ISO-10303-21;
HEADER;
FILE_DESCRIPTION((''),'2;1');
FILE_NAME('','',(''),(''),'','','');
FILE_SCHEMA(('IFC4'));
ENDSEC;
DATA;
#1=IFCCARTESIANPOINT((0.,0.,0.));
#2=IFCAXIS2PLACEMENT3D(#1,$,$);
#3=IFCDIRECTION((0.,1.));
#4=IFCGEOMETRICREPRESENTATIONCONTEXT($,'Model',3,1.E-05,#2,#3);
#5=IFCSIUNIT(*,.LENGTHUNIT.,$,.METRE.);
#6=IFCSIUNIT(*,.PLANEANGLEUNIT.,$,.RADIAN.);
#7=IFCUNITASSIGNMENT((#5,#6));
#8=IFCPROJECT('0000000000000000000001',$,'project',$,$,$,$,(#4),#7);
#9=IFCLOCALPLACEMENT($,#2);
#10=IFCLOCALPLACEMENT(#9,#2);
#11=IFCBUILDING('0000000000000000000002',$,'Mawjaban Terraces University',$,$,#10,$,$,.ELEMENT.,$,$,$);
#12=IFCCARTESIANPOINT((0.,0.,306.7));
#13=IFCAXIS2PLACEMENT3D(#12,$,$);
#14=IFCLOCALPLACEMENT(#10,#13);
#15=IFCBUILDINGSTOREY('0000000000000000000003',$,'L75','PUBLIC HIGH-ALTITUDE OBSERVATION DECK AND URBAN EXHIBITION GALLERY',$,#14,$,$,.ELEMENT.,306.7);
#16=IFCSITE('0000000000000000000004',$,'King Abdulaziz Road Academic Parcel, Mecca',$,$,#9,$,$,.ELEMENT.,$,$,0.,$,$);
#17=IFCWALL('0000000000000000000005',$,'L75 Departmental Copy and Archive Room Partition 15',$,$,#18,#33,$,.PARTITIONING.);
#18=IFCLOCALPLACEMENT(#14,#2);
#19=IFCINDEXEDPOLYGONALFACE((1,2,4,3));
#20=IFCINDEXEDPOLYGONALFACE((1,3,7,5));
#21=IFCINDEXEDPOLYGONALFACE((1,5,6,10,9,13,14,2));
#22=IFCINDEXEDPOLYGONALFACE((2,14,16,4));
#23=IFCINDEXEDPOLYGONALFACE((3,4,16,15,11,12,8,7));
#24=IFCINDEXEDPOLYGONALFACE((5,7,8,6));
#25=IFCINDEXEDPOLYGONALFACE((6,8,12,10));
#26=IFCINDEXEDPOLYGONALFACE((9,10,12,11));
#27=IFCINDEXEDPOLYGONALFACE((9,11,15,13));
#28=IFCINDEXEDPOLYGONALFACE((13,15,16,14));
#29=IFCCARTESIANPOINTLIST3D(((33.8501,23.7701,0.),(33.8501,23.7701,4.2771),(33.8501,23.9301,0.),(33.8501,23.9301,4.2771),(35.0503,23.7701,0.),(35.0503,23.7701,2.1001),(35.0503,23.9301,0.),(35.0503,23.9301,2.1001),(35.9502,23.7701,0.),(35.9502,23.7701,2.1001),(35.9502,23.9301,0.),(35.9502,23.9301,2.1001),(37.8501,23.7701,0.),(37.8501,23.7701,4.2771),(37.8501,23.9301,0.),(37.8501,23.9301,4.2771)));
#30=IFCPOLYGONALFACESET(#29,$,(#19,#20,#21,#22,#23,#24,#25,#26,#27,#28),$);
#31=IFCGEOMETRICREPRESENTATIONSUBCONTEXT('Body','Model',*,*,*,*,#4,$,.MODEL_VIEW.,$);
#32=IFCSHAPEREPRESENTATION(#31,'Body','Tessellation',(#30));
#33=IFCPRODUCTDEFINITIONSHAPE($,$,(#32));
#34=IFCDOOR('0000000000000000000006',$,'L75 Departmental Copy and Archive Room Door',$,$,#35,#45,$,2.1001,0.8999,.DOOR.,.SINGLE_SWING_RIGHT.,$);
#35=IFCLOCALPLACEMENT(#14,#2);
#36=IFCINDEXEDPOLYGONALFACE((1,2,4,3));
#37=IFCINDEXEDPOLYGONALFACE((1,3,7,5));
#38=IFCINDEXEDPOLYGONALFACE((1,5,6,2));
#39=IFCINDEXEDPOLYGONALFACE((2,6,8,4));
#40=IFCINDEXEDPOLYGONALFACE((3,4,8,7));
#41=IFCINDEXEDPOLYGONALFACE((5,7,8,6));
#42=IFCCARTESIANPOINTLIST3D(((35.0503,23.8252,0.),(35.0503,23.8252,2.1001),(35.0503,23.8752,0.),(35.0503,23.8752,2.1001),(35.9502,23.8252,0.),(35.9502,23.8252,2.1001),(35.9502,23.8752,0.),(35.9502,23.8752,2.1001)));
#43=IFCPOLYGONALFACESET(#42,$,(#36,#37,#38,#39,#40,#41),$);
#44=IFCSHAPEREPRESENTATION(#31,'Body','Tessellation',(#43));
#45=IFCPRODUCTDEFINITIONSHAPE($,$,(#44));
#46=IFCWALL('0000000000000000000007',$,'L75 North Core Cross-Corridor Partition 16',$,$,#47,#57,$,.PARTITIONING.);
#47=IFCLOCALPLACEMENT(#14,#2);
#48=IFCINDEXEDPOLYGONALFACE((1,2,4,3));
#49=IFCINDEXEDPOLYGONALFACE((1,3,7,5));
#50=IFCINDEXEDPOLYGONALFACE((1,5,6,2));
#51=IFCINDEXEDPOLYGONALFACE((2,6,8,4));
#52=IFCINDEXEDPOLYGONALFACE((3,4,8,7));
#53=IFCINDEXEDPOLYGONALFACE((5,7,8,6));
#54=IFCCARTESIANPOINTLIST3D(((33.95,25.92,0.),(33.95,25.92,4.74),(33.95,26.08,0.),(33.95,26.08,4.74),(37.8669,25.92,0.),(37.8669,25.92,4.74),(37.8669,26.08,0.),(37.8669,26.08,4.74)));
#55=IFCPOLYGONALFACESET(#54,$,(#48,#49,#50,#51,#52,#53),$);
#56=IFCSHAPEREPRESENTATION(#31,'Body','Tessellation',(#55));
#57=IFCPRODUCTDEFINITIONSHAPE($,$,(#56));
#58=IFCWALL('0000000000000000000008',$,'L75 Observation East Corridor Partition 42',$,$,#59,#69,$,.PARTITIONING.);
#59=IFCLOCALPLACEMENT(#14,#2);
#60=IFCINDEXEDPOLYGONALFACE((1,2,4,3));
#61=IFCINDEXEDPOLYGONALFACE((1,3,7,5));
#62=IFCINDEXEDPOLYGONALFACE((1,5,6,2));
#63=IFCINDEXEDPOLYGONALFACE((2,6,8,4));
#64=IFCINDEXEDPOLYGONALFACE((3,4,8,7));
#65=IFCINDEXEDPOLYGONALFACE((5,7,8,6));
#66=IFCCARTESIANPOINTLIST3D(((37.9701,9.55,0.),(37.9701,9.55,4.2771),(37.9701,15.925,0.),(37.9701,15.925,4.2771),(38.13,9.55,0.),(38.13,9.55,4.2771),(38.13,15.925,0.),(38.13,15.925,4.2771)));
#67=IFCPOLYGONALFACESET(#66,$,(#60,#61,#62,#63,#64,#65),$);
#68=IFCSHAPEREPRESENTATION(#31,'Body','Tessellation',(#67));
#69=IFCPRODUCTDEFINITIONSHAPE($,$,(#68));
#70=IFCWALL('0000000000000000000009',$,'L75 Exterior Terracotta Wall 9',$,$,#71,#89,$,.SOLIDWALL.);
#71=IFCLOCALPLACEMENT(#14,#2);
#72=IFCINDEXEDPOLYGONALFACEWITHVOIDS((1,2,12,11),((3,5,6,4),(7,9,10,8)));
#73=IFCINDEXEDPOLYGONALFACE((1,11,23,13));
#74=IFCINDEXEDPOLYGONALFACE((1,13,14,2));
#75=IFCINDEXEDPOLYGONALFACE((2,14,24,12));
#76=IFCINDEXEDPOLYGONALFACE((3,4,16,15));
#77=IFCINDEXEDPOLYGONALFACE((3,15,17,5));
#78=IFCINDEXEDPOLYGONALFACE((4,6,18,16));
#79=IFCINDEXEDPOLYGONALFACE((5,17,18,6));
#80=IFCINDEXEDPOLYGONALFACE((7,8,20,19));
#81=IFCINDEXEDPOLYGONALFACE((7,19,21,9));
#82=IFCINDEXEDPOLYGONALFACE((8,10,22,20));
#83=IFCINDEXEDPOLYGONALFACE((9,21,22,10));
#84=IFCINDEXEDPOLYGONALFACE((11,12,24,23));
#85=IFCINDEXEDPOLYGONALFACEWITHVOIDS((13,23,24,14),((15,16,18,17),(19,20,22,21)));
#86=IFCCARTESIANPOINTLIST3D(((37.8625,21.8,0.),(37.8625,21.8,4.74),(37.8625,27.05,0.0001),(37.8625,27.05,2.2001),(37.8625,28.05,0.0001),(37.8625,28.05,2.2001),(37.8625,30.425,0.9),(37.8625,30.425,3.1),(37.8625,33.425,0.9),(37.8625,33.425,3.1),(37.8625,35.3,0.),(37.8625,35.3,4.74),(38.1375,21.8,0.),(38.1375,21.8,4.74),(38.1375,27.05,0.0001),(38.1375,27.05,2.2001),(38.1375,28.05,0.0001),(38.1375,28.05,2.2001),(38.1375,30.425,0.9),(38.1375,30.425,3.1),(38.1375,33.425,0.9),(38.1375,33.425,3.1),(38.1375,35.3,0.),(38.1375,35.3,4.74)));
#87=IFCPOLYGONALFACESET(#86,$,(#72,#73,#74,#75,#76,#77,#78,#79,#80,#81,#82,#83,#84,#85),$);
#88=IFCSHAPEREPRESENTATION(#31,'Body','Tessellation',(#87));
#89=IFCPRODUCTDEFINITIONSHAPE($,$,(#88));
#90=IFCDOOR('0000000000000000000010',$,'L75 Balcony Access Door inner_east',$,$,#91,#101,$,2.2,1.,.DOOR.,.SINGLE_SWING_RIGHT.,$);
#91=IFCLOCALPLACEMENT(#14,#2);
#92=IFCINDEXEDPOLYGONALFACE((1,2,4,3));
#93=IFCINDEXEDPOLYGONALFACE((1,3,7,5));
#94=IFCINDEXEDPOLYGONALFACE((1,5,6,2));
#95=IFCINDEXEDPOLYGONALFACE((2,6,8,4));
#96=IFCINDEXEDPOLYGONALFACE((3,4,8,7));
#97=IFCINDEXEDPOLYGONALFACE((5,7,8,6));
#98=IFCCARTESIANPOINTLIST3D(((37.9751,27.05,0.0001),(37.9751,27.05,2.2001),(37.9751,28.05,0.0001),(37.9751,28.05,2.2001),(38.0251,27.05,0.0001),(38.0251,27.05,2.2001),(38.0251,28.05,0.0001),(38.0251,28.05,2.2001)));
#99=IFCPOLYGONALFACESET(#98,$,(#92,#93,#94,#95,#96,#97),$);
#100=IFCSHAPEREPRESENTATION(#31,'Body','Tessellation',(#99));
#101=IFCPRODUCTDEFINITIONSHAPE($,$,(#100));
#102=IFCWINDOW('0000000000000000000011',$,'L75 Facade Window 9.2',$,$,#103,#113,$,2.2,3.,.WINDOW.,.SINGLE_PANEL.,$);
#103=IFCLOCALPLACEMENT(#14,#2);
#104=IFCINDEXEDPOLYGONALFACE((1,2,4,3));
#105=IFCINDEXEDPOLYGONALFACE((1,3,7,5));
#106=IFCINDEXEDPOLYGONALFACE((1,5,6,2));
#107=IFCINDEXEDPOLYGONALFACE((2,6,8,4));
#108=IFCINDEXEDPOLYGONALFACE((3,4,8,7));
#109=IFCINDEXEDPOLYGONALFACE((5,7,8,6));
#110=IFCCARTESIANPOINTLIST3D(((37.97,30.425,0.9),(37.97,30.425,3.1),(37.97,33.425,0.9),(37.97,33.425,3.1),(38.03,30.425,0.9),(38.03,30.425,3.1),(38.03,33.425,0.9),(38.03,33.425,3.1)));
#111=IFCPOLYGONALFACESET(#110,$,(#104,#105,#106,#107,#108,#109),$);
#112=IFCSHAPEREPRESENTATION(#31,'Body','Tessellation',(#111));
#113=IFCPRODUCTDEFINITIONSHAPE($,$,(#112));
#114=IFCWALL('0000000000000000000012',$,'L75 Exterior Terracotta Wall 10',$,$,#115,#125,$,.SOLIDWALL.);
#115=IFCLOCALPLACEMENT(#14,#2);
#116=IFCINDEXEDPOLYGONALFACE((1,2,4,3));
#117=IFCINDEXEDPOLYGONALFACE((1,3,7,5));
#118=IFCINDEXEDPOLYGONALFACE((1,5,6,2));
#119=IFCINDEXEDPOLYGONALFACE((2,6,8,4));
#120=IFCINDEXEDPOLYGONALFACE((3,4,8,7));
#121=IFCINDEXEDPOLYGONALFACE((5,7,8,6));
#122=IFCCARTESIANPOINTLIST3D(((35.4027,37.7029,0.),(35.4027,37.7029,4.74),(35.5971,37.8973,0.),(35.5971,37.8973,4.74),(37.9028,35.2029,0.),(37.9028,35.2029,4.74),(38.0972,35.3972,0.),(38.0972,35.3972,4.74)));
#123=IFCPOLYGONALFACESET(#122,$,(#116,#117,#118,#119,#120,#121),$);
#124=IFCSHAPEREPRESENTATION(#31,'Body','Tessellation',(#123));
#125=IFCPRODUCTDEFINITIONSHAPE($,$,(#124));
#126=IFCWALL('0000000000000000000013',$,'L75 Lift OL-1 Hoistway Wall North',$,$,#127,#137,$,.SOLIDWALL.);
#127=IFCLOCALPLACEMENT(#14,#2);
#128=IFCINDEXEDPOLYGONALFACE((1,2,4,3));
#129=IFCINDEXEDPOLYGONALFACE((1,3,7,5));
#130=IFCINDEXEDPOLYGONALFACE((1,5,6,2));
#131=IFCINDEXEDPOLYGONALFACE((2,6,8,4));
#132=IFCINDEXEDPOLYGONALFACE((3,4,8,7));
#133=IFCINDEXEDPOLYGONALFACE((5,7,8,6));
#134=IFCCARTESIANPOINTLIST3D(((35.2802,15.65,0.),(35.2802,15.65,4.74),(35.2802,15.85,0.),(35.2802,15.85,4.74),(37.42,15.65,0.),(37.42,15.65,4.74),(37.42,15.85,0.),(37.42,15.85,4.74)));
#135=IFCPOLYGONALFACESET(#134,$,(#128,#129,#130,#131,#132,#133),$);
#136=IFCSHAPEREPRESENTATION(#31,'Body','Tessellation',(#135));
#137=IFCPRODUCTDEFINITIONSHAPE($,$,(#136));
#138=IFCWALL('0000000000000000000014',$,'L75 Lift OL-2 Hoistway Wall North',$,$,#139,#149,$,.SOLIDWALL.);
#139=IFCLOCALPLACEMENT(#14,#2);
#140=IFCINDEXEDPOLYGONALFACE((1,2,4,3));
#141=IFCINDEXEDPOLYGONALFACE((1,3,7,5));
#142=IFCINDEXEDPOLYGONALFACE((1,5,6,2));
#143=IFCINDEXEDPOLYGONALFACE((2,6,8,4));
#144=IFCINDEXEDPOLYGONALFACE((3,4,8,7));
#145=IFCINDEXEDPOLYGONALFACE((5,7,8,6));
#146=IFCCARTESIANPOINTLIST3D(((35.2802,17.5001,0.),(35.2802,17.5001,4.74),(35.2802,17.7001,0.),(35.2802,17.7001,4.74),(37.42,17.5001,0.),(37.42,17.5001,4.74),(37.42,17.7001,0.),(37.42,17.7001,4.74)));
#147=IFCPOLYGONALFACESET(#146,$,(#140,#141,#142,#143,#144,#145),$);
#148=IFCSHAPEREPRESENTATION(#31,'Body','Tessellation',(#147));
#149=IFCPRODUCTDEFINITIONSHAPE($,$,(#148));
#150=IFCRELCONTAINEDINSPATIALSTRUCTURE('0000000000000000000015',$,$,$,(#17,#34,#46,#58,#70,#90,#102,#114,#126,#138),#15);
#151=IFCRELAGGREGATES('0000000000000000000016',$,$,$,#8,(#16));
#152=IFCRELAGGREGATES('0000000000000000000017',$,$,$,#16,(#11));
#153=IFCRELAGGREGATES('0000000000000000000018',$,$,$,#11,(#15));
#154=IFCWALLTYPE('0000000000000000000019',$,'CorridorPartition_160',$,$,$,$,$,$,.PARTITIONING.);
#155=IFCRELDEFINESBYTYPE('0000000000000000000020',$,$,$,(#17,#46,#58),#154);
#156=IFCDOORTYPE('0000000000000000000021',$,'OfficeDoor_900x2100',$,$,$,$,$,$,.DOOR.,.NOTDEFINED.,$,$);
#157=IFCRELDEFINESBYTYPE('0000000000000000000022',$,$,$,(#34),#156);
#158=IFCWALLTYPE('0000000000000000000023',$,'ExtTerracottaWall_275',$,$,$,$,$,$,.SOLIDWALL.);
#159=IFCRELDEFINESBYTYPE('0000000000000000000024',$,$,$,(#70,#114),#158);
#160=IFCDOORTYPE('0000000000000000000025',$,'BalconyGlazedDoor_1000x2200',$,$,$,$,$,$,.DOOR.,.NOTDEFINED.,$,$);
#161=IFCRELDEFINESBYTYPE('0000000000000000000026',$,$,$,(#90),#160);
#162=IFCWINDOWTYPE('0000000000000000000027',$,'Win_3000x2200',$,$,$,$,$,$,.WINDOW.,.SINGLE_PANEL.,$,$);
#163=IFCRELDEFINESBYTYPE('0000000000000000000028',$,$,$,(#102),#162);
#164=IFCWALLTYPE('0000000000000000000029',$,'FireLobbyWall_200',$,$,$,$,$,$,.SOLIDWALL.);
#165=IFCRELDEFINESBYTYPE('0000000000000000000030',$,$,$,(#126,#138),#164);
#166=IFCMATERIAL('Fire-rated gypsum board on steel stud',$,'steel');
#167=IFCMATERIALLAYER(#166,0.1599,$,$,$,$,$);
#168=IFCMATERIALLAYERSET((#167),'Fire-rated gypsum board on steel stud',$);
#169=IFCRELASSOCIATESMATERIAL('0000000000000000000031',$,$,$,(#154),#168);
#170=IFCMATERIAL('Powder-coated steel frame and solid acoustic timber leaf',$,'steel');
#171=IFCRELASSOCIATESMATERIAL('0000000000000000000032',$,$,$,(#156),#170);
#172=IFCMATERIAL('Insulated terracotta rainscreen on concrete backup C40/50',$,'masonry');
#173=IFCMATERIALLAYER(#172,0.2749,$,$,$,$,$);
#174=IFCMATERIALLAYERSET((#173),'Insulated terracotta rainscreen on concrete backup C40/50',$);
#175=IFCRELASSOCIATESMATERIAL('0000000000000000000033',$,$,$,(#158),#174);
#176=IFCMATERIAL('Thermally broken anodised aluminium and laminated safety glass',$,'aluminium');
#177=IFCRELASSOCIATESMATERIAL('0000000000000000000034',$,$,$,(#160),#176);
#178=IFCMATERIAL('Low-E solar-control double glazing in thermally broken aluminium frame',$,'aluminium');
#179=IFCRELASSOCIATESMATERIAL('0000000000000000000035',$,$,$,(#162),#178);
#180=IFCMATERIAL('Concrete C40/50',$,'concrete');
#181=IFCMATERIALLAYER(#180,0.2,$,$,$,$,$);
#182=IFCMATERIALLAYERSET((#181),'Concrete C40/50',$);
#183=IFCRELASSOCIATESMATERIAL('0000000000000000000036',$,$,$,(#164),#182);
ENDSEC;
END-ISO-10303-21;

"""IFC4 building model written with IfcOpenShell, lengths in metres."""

from ifc_helpers import new_model, si_unit, direction, frame, frame_2d, origin, place, context, subcontext, project, spatial, rectangle, extrude, material, layer, layer_set, type_object, element, fill, save


model = new_model("IFC4")

# Units and contexts
model_context = context("Model", 3, precision=1e-05, world=origin(), true_north=direction((0.0, 1.0)))
body_context = subcontext(model_context, "Body", "Model", "MODEL_VIEW")
ifc_project = project(units=[si_unit("LENGTHUNIT", "METRE"), si_unit("PLANEANGLEUNIT", "RADIAN")], contexts=[model_context])

# Site, building, storey
site_placement = place(None, origin())
site = spatial("IfcSite", under=ifc_project, at=site_placement, Name="King Abdulaziz Road Academic Parcel, Mecca", CompositionType="ELEMENT", RefElevation=0.0)
building_placement = place(site_placement, origin())
building = spatial("IfcBuilding", under=site, at=building_placement, Name="Mawjaban Terraces University", CompositionType="ELEMENT")
storey_placement = place(building_placement, frame((0.0, 0.0, 306.7)))
storey = spatial("IfcBuildingStorey", under=building, at=storey_placement, Name="L75", Description="PUBLIC HIGH-ALTITUDE OBSERVATION DECK AND URBAN EXHIBITION GALLERY", CompositionType="ELEMENT", Elevation=306.7)

# Wall, opening, door
ifc_material_1 = material(Name="Fire-rated gypsum board on steel stud", Category="steel")
ifc_layer_1 = layer(ifc_material_1, 0.1599)
ifc_layer_set_1 = layer_set([ifc_layer_1], Name="Fire-rated gypsum board on steel stud")
wall_type_1 = type_object("IfcWallType", Name="CorridorPartition_160", PredefinedType="PARTITIONING", material=ifc_layer_set_1)
wall_1_placement = place(storey_placement, frame((37.8501, 23.8501, 0.0), z_axis=(0.0, 0.0, 1.0), x_axis=(-1.0, 0.0, 0.0)))
wall_1 = element("IfcWall", 1, at=wall_1_placement, inside=storey, type_object=wall_type_1, Name="L75 Departmental Copy and Archive Room Partition 15", PredefinedType="PARTITIONING", context=body_context, shape_type="SweptSolid", body=[
    extrude(rectangle(XDim=4.0, YDim=0.1599, at=frame_2d((2.0, 0.0))), origin(), (0.0, 0.0, 1.0), 4.2771),
])
opening_1_placement = place(wall_1_placement, frame((1.8999, 0.0, 0.0)))
opening_1 = element("IfcOpeningElement", 2, at=opening_1_placement, cuts=wall_1, PredefinedType="OPENING", context=body_context, shape_type="SweptSolid", body=[
    extrude(rectangle(XDim=0.8999, YDim=2.1001, at=frame_2d((0.45, 1.05))), frame((0.0, 0.0898, 0.0), z_axis=(0.0, -1.0, 0.0), x_axis=(1.0, 0.0, 0.0)), (0.0, 0.0, 1.0), 0.1799),
])
ifc_material_2 = material(Name="Powder-coated steel frame and solid acoustic timber leaf", Category="steel")
door_type_1 = type_object("IfcDoorType", Name="OfficeDoor_900x2100", OperationType="NOTDEFINED", PredefinedType="DOOR", material=ifc_material_2)
door_1_placement = place(opening_1_placement, origin())
door_1 = element("IfcDoor", 3, at=door_1_placement, inside=storey, type_object=door_type_1, Name="L75 Departmental Copy and Archive Room Door", OperationType="SINGLE_SWING_RIGHT", OverallHeight=2.1001, OverallWidth=0.8999, PredefinedType="DOOR", context=body_context, shape_type="SweptSolid", body=[
    extrude(rectangle(XDim=0.8999, YDim=2.1001, at=frame_2d((0.45, 1.05))), frame((0.0, 0.0249, 0.0), z_axis=(0.0, -1.0, 0.0), x_axis=(1.0, 0.0, 0.0)), (0.0, 0.0, 1.0), 0.05),
])
fill(opening_1, door_1)

# Walls
wall_2_placement = place(storey_placement, frame((37.8669, 26.0, 0.0), z_axis=(0.0, 0.0, 1.0), x_axis=(-1.0, 0.0, 0.0)))
element("IfcWall", 4, at=wall_2_placement, inside=storey, type_object=wall_type_1, Name="L75 North Core Cross-Corridor Partition 16", PredefinedType="PARTITIONING", context=body_context, shape_type="SweptSolid", body=[
    extrude(rectangle(XDim=3.917, YDim=0.1599, at=frame_2d((1.9585, 0.0))), origin(), (0.0, 0.0, 1.0), 4.74),
])
wall_3_placement = place(storey_placement, frame((38.05, 15.925, 0.0), z_axis=(0.0, 0.0, 1.0), x_axis=(0.0, -1.0, 0.0)))
element("IfcWall", 5, at=wall_3_placement, inside=storey, type_object=wall_type_1, Name="L75 Observation East Corridor Partition 42", PredefinedType="PARTITIONING", context=body_context, shape_type="SweptSolid", body=[
    extrude(rectangle(XDim=6.375, YDim=0.1599, at=frame_2d((3.1875, 0.0))), origin(), (0.0, 0.0, 1.0), 4.2771),
])

# Wall, openings, door, window
ifc_material_3 = material(Name="Insulated terracotta rainscreen on concrete backup C40/50", Category="masonry")
ifc_layer_2 = layer(ifc_material_3, 0.2749)
ifc_layer_set_2 = layer_set([ifc_layer_2], Name="Insulated terracotta rainscreen on concrete backup C40/50")
wall_type_2 = type_object("IfcWallType", Name="ExtTerracottaWall_275", PredefinedType="SOLIDWALL", material=ifc_layer_set_2)
wall_4_placement = place(storey_placement, frame((38.0, 21.8, 0.0), z_axis=(0.0, 0.0, 1.0), x_axis=(0.0, 1.0, 0.0)))
wall_4 = element("IfcWall", 6, at=wall_4_placement, inside=storey, type_object=wall_type_2, Name="L75 Exterior Terracotta Wall 9", PredefinedType="SOLIDWALL", context=body_context, shape_type="SweptSolid", body=[
    extrude(rectangle(XDim=13.5, YDim=0.2749, at=frame_2d((6.75, 0.0))), origin(), (0.0, 0.0, 1.0), 4.74),
])
opening_2_placement = place(wall_4_placement, frame((5.25, 0.0, 0.0)))
opening_2 = element("IfcOpeningElement", 7, at=opening_2_placement, cuts=wall_4, PredefinedType="OPENING", context=body_context, shape_type="SweptSolid", body=[
    extrude(rectangle(XDim=1.0, YDim=2.2, at=frame_2d((0.5, 1.1001))), frame((0.0, 0.1475, 0.0), z_axis=(0.0, -1.0, 0.0), x_axis=(1.0, 0.0, 0.0)), (0.0, 0.0, 1.0), 0.2949),
])
opening_3_placement = place(wall_4_placement, frame((8.625, 0.0, 0.8999)))
opening_3 = element("IfcOpeningElement", 8, at=opening_3_placement, cuts=wall_4, PredefinedType="OPENING", context=body_context, shape_type="SweptSolid", body=[
    extrude(rectangle(XDim=3.0, YDim=2.2, at=frame_2d((1.5, 1.1001))), frame((0.0, 0.1475, 0.0), z_axis=(0.0, -1.0, 0.0), x_axis=(1.0, 0.0, 0.0)), (0.0, 0.0, 1.0), 0.2949),
])
ifc_material_4 = material(Name="Thermally broken anodised aluminium and laminated safety glass", Category="aluminium")
door_type_2 = type_object("IfcDoorType", Name="BalconyGlazedDoor_1000x2200", OperationType="NOTDEFINED", PredefinedType="DOOR", material=ifc_material_4)
door_2_placement = place(opening_2_placement, origin())
door_2 = element("IfcDoor", 9, at=door_2_placement, inside=storey, type_object=door_type_2, Name="L75 Balcony Access Door inner_east", OperationType="SINGLE_SWING_RIGHT", OverallHeight=2.2, OverallWidth=1.0, PredefinedType="DOOR", context=body_context, shape_type="SweptSolid", body=[
    extrude(rectangle(XDim=1.0, YDim=2.2, at=frame_2d((0.5, 1.1001))), frame((0.0, 0.0249, 0.0), z_axis=(0.0, -1.0, 0.0), x_axis=(1.0, 0.0, 0.0)), (0.0, 0.0, 1.0), 0.05),
])
fill(opening_2, door_2)
ifc_material_5 = material(Name="Low-E solar-control double glazing in thermally broken aluminium frame", Category="aluminium")
window_type = type_object("IfcWindowType", Name="Win_3000x2200", PartitioningType="SINGLE_PANEL", PredefinedType="WINDOW", material=ifc_material_5)
window_placement = place(opening_3_placement, origin())
window = element("IfcWindow", 10, at=window_placement, inside=storey, type_object=window_type, Name="L75 Facade Window 9.2", OverallHeight=2.2, OverallWidth=3.0, PartitioningType="SINGLE_PANEL", PredefinedType="WINDOW", context=body_context, shape_type="SweptSolid", body=[
    extrude(rectangle(XDim=3.0, YDim=2.2, at=frame_2d((1.5, 1.1001))), frame((0.0, 0.03, 0.0), z_axis=(0.0, -1.0, 0.0), x_axis=(1.0, 0.0, 0.0)), (0.0, 0.0, 1.0), 0.0601),
])
fill(opening_3, window)

# Walls
wall_5_placement = place(storey_placement, frame((38.0, 35.3, 0.0), z_axis=(0.0, 0.0, 1.0), x_axis=(-0.707107, 0.707107, 0.0)))
element("IfcWall", 11, at=wall_5_placement, inside=storey, type_object=wall_type_2, Name="L75 Exterior Terracotta Wall 10", PredefinedType="SOLIDWALL", context=body_context, shape_type="SweptSolid", body=[
    extrude(rectangle(XDim=3.5356, YDim=0.2749, at=frame_2d((1.7678, 0.0))), origin(), (0.0, 0.0, 1.0), 4.74),
])
ifc_material_6 = material(Name="Concrete C40/50", Category="concrete")
ifc_layer_3 = layer(ifc_material_6, 0.2)
ifc_layer_set_3 = layer_set([ifc_layer_3], Name="Concrete C40/50")
wall_type_3 = type_object("IfcWallType", Name="FireLobbyWall_200", PredefinedType="SOLIDWALL", material=ifc_layer_set_3)
for number, where, z_axis, x_axis, name in (
    (12, (37.4199, 15.75, 0.0), (0.0, 0.0, 1.0), (-1.0, 0.0, 0.0), "L75 Lift OL-1 Hoistway Wall North"),
    (13, (37.4199, 17.6001, 0.0), (0.0, 0.0, 1.0), (-1.0, 0.0, 0.0), "L75 Lift OL-2 Hoistway Wall North"),
):
    element("IfcWall", number, at=place(storey_placement, frame(where, z_axis=z_axis, x_axis=x_axis)), inside=storey, type_object=wall_type_3, Name=name, PredefinedType="SOLIDWALL", context=body_context, shape_type="SweptSolid", body=[
        extrude(rectangle(XDim=2.1399, YDim=0.2, at=frame_2d((1.0698, 0.0))), origin(), (0.0, 0.0, 1.0), 4.74),
    ])

save(model, "model.ifc")
